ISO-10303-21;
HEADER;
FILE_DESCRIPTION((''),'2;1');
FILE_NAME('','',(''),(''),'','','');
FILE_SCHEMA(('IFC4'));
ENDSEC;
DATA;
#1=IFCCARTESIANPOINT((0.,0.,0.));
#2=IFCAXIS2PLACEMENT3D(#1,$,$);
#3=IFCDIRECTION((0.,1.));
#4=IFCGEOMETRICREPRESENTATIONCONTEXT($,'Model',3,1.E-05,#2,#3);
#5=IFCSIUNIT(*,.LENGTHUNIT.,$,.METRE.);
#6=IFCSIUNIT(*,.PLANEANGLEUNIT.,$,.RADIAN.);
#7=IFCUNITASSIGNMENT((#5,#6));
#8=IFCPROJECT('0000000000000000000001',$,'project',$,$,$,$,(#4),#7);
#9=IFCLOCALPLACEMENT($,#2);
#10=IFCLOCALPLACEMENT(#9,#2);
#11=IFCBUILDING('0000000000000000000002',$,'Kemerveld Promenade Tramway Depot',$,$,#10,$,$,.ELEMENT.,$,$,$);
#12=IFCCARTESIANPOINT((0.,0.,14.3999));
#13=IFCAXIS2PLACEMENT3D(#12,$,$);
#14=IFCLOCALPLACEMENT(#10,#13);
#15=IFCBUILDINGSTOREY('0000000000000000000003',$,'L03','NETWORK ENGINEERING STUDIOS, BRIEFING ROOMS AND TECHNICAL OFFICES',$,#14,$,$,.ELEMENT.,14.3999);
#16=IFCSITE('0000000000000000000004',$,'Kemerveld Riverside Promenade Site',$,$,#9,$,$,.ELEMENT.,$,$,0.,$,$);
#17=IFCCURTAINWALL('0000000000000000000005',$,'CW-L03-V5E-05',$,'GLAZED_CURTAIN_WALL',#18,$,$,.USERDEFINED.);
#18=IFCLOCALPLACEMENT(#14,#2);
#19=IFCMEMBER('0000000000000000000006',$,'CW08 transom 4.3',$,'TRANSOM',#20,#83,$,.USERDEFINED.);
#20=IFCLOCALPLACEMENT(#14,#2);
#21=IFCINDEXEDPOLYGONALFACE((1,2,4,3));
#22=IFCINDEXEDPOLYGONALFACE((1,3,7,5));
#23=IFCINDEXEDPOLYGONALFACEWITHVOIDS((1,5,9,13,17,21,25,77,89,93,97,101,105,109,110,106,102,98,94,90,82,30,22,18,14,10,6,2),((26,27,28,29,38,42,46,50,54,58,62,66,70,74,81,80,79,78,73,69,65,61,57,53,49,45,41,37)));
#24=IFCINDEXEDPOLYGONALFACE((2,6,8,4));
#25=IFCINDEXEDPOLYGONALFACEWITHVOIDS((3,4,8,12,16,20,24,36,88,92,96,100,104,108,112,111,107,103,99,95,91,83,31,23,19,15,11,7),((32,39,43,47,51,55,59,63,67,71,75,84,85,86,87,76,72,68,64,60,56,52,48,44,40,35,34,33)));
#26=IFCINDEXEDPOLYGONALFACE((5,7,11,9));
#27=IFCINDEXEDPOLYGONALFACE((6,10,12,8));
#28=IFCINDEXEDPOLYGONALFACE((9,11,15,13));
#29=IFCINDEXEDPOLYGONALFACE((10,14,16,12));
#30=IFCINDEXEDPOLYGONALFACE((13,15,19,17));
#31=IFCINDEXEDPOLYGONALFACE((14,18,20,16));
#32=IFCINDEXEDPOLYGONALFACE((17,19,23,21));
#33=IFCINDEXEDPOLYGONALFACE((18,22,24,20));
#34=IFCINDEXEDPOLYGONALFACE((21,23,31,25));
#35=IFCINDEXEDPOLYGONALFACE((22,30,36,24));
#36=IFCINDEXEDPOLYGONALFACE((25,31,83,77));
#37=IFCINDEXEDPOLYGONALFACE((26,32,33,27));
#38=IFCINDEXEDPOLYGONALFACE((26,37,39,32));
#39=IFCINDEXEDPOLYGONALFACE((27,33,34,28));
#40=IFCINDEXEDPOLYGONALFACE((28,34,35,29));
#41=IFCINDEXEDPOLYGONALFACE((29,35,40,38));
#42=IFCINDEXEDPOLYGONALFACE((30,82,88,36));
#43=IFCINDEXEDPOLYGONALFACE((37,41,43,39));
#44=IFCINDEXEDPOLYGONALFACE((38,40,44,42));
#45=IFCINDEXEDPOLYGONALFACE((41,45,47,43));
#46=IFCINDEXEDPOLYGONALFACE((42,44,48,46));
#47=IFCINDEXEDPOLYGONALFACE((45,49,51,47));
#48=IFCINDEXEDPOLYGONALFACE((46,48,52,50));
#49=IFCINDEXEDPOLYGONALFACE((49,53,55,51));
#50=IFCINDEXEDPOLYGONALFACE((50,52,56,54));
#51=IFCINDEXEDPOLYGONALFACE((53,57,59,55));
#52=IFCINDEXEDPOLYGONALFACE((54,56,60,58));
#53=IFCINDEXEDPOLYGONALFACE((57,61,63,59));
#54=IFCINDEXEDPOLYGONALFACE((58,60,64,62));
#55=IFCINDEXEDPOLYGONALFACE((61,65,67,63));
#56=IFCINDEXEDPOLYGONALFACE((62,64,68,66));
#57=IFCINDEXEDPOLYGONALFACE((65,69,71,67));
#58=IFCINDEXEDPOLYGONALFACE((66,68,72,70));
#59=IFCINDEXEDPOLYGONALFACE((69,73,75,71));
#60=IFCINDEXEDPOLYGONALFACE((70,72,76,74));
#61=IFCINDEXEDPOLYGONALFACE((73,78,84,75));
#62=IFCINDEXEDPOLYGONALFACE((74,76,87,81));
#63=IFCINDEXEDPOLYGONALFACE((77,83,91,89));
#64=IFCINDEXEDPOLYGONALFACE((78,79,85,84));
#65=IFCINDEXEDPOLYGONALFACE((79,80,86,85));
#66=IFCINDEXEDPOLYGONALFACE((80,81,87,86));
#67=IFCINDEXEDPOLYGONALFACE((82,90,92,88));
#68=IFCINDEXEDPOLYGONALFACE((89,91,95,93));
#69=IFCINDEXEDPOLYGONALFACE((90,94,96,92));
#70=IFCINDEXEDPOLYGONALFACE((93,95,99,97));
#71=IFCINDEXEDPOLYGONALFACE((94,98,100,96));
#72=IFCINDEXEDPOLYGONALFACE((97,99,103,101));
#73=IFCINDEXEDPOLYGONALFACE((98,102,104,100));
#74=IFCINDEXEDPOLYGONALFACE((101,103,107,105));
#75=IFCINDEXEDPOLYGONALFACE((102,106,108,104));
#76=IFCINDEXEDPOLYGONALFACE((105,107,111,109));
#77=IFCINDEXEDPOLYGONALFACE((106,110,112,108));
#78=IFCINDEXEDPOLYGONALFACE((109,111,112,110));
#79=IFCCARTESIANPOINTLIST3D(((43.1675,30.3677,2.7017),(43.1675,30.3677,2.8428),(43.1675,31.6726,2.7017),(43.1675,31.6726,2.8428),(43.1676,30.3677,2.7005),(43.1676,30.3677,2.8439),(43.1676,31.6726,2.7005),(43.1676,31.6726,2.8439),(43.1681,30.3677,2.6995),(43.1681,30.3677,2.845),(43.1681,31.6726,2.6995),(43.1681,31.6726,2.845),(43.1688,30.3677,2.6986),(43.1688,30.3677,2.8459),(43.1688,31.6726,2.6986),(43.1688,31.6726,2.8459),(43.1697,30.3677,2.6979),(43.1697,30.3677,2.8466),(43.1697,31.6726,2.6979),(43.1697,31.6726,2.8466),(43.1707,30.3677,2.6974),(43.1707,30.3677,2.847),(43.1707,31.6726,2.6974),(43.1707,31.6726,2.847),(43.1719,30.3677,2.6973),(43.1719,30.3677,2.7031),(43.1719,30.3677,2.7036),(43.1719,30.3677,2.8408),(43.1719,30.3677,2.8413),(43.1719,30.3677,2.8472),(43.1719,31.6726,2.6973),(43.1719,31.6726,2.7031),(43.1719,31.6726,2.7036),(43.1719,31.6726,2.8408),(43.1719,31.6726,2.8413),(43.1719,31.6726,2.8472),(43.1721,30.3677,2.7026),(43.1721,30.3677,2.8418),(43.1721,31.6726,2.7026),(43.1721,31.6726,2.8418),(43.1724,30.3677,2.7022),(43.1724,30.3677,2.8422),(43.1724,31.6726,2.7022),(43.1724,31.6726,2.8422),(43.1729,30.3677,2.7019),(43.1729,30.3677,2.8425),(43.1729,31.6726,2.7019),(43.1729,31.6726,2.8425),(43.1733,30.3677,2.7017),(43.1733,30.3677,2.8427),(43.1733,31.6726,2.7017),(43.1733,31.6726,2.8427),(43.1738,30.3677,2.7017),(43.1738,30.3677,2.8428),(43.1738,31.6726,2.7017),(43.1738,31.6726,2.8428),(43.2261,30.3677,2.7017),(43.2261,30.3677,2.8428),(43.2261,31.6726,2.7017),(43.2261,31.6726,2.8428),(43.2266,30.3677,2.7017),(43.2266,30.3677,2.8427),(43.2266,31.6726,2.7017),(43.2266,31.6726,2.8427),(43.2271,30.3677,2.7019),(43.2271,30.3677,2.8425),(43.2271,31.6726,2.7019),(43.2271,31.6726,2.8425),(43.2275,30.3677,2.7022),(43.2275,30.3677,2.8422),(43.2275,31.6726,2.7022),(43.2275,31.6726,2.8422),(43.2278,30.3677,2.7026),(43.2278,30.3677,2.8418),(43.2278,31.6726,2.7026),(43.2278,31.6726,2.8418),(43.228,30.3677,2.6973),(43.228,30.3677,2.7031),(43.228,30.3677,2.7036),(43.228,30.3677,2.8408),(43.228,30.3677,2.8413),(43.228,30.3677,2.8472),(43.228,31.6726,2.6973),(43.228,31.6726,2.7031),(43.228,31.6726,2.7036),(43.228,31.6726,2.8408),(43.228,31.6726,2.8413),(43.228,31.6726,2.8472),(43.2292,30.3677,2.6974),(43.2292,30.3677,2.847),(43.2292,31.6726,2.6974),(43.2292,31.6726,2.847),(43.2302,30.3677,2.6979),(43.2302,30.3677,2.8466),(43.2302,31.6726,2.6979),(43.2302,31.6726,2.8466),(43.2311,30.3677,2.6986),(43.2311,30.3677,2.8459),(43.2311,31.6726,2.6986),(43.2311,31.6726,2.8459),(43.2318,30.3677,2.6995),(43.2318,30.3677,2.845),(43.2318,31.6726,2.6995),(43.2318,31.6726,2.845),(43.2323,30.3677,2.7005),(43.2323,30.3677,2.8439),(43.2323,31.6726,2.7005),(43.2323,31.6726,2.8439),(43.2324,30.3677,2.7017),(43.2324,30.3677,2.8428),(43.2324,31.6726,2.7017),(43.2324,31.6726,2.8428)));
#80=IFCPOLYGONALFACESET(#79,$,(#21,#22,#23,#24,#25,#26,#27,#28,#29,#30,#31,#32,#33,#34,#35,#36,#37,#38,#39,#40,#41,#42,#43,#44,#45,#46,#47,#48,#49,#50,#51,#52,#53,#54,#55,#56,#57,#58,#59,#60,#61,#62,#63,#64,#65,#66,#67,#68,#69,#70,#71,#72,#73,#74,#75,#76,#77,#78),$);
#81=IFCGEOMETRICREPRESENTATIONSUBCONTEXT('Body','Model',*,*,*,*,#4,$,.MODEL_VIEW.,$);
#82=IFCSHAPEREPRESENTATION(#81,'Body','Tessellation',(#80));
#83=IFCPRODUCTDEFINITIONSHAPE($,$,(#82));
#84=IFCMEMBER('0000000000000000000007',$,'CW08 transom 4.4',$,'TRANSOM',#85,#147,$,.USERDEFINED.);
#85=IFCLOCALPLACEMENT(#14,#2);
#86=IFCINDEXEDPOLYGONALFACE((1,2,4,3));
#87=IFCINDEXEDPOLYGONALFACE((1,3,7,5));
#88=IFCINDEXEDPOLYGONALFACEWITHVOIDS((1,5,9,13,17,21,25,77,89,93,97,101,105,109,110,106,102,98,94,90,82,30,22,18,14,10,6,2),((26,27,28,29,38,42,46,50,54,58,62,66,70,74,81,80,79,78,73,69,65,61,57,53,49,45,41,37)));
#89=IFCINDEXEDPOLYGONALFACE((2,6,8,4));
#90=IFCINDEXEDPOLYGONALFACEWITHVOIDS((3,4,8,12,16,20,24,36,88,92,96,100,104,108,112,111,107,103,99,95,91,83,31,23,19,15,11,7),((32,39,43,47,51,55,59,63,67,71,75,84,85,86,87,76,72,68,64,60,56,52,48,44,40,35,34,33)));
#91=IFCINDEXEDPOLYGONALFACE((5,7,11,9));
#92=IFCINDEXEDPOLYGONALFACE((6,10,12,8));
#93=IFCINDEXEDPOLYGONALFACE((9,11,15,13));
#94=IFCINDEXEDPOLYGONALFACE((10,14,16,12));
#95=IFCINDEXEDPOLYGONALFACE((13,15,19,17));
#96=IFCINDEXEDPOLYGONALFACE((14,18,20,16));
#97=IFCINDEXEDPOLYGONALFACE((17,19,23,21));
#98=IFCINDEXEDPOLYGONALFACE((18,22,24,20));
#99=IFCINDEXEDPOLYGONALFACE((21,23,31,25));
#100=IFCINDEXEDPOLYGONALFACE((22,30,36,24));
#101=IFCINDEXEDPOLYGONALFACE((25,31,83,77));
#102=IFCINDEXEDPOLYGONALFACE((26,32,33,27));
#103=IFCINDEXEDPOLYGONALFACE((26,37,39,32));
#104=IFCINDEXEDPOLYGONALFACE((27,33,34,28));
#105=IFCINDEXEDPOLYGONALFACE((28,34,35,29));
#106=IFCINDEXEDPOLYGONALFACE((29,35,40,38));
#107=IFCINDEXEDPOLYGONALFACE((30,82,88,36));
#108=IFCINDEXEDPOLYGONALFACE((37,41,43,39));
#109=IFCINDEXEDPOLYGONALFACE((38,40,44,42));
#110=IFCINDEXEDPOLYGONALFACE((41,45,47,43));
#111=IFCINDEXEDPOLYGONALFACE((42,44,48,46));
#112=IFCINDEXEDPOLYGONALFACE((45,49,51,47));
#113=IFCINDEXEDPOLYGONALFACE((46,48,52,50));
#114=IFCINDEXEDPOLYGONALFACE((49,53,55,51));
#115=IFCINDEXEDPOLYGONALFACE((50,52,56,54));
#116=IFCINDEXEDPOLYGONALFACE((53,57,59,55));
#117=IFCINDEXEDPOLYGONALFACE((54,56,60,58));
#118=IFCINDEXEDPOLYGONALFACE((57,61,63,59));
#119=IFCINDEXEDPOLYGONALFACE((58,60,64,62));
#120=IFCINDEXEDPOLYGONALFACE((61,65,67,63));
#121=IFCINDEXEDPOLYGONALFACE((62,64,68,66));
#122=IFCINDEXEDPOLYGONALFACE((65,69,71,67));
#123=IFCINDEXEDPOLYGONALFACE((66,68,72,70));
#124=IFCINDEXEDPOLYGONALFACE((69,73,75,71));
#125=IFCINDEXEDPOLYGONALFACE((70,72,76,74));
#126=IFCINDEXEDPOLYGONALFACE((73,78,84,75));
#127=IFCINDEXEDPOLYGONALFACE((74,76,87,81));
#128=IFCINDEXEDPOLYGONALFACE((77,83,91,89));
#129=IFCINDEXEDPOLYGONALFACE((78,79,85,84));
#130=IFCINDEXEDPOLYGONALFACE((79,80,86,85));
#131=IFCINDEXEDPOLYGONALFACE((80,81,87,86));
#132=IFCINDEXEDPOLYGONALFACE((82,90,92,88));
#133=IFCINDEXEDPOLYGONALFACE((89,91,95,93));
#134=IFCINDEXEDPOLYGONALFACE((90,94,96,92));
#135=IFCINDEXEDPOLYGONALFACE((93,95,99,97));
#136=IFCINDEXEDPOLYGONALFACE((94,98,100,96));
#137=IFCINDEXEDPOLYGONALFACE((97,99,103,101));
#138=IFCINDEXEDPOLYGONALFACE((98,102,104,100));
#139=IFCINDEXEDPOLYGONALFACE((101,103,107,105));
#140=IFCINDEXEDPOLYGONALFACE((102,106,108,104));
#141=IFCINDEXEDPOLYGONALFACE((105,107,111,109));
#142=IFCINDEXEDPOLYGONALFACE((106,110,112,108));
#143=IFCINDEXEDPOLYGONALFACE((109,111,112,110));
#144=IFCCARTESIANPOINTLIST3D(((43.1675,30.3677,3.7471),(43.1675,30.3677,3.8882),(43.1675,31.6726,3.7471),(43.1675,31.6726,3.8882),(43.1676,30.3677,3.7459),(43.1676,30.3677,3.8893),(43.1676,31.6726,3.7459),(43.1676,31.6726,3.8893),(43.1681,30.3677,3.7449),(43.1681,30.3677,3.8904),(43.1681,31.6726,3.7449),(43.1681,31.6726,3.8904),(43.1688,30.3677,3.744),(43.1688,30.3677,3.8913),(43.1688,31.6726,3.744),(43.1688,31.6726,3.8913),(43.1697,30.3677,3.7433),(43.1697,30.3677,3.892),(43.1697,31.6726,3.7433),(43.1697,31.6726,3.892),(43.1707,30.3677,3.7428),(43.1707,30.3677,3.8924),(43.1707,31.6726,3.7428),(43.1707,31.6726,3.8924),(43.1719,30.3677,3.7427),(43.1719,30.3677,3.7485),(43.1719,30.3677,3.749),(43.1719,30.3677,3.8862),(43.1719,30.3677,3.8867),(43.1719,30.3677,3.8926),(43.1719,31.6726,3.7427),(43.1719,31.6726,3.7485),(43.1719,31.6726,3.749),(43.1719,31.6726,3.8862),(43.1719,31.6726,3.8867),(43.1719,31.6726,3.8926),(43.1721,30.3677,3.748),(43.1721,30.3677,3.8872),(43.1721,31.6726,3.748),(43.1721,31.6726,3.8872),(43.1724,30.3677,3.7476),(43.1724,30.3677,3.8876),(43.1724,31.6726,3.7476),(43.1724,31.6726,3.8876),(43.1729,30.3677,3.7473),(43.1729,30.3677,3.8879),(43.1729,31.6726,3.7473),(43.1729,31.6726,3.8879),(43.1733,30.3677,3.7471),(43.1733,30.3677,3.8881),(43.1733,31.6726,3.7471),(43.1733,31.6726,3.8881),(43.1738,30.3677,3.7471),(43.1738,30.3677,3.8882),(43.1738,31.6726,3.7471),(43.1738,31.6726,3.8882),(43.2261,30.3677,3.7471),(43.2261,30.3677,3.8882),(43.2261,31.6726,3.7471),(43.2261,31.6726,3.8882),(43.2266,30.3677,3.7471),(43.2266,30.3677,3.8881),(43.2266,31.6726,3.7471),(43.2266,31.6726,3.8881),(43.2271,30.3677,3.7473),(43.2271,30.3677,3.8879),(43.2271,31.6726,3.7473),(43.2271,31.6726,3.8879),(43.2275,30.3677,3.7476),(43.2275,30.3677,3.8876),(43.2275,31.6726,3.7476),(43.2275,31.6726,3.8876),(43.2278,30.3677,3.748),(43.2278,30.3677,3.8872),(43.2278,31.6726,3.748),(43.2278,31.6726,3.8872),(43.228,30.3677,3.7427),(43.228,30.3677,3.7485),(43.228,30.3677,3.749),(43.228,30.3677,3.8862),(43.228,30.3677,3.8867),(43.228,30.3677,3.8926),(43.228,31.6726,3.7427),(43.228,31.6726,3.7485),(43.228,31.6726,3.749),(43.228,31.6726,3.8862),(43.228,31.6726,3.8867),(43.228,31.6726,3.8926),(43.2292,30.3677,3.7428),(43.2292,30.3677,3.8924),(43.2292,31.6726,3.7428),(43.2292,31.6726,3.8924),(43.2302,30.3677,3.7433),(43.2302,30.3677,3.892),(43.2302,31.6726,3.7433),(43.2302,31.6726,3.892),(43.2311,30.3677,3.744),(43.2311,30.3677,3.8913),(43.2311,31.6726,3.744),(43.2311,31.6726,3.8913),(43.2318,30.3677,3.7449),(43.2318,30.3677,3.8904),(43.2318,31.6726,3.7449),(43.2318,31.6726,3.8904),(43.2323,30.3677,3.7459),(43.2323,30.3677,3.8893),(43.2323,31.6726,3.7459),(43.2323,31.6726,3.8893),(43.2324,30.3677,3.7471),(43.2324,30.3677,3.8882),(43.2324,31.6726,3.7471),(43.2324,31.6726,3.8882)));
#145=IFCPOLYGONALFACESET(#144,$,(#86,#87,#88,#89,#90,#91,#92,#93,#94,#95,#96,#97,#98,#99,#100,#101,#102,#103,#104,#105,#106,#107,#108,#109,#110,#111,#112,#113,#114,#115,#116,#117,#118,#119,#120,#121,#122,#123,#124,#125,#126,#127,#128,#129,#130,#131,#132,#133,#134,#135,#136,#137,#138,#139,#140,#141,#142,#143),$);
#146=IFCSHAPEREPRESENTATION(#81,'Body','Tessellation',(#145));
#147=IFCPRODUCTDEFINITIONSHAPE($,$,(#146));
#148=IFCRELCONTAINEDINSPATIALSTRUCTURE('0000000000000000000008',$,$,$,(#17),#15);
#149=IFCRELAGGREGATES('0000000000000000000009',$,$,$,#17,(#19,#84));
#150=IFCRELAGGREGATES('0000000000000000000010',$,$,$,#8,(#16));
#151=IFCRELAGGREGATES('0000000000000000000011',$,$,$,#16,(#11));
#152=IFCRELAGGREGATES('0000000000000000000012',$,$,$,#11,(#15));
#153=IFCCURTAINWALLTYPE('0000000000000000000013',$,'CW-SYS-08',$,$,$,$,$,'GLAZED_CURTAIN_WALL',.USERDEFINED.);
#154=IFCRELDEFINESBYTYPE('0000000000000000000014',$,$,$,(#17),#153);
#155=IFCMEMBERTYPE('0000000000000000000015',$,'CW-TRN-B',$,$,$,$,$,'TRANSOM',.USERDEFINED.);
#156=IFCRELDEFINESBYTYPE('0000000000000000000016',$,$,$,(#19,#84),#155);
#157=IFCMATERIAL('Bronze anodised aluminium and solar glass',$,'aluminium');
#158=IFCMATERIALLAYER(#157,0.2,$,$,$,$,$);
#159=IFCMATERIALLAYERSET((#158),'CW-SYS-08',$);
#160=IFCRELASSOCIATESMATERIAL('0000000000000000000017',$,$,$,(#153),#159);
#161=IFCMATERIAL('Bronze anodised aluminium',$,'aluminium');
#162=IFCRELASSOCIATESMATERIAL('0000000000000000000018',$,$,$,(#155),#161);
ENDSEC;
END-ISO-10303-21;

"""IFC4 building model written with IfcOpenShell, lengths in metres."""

from ifc_helpers import new_model, si_unit, direction, frame, origin, origin_2d, place, context, subcontext, project, spatial, hollow_rectangle, extrude, material, layer, layer_set, material_profile, profile_set, type_object, element, aggregate, save


model = new_model("IFC4")

# Units and contexts
model_context = context("Model", 3, precision=1e-05, world=origin(), true_north=direction((0.0, 1.0)))
body_context = subcontext(model_context, "Body", "Model", "MODEL_VIEW")
ifc_project = project(units=[si_unit("LENGTHUNIT", "METRE"), si_unit("PLANEANGLEUNIT", "RADIAN")], contexts=[model_context])

# Site, building, storey
site_placement = place(None, origin())
site = spatial("IfcSite", under=ifc_project, at=site_placement, Name="Kemerveld Riverside Promenade Site", CompositionType="ELEMENT", RefElevation=0.0)
building_placement = place(site_placement, origin())
building = spatial("IfcBuilding", under=site, at=building_placement, Name="Kemerveld Promenade Tramway Depot", CompositionType="ELEMENT")
storey_placement = place(building_placement, frame((0.0, 0.0, 14.3999)))
storey = spatial("IfcBuildingStorey", under=building, at=storey_placement, Name="L03", Description="NETWORK ENGINEERING STUDIOS, BRIEFING ROOMS AND TECHNICAL OFFICES", CompositionType="ELEMENT", Elevation=14.3999)

# Curtain wall, members
ifc_material_1 = material(Name="Bronze anodised aluminium and solar glass", Category="aluminium")
ifc_layer_1 = layer(ifc_material_1, 0.2)
ifc_layer_set_1 = layer_set([ifc_layer_1], Name="CW-SYS-08")
curtain_wall_type = type_object("IfcCurtainWallType", Name="CW-SYS-08", ElementType="GLAZED_CURTAIN_WALL", PredefinedType="USERDEFINED", material=ifc_layer_set_1)
curtain_wall_placement = place(storey_placement, origin())
curtain_wall = element("IfcCurtainWall", 1, at=curtain_wall_placement, inside=storey, type_object=curtain_wall_type, Name="CW-L03-V5E-05", ObjectType="GLAZED_CURTAIN_WALL", PredefinedType="USERDEFINED")
ifc_material_2 = material(Name="Bronze anodised aluminium", Category="aluminium")
ifc_material_profile_1 = material_profile(ifc_material_2, hollow_rectangle(XDim=0.0649, YDim=0.1499, WallThickness=0.0044, InnerFilletRadius=0.002, OuterFilletRadius=0.0044, at=origin_2d()), Name="CW-TRN-150x65")
ifc_profile_set_1 = profile_set([ifc_material_profile_1], Name="Bronze anodised aluminium")
member_type_1 = type_object("IfcMemberType", Name="CW-TRN-B", ElementType="TRANSOM", PredefinedType="USERDEFINED", material=ifc_profile_set_1)
member_1_placement = place(storey_placement, frame((43.2, 31.6726, 2.7722), z_axis=(0.0, -1.0, 0.0), x_axis=(1.0, 0.0, 0.0)))
member_1 = element("IfcMember", 2, at=member_1_placement, type_object=member_type_1, Name="CW08 transom 4.3", ObjectType="TRANSOM", PredefinedType="USERDEFINED", context=body_context, shape_type="SweptSolid", body=[
    extrude(hollow_rectangle(XDim=0.0649, YDim=0.1499, WallThickness=0.0044, InnerFilletRadius=0.002, OuterFilletRadius=0.0044, at=origin_2d()), origin(), (0.0, 0.0, 1.0), 1.3049),
])
member_2_placement = place(storey_placement, frame((43.2, 31.6726, 3.8176), z_axis=(0.0, -1.0, 0.0), x_axis=(1.0, 0.0, 0.0)))
member_2 = element("IfcMember", 3, at=member_2_placement, type_object=member_type_1, Name="CW08 transom 4.4", ObjectType="TRANSOM", PredefinedType="USERDEFINED", context=body_context, shape_type="SweptSolid", body=[
    extrude(hollow_rectangle(XDim=0.0649, YDim=0.1499, WallThickness=0.0044, InnerFilletRadius=0.002, OuterFilletRadius=0.0044, at=origin_2d()), origin(), (0.0, 0.0, 1.0), 1.3049),
])
aggregate(curtain_wall, [member_1, member_2])

save(model, "model.ifc")
